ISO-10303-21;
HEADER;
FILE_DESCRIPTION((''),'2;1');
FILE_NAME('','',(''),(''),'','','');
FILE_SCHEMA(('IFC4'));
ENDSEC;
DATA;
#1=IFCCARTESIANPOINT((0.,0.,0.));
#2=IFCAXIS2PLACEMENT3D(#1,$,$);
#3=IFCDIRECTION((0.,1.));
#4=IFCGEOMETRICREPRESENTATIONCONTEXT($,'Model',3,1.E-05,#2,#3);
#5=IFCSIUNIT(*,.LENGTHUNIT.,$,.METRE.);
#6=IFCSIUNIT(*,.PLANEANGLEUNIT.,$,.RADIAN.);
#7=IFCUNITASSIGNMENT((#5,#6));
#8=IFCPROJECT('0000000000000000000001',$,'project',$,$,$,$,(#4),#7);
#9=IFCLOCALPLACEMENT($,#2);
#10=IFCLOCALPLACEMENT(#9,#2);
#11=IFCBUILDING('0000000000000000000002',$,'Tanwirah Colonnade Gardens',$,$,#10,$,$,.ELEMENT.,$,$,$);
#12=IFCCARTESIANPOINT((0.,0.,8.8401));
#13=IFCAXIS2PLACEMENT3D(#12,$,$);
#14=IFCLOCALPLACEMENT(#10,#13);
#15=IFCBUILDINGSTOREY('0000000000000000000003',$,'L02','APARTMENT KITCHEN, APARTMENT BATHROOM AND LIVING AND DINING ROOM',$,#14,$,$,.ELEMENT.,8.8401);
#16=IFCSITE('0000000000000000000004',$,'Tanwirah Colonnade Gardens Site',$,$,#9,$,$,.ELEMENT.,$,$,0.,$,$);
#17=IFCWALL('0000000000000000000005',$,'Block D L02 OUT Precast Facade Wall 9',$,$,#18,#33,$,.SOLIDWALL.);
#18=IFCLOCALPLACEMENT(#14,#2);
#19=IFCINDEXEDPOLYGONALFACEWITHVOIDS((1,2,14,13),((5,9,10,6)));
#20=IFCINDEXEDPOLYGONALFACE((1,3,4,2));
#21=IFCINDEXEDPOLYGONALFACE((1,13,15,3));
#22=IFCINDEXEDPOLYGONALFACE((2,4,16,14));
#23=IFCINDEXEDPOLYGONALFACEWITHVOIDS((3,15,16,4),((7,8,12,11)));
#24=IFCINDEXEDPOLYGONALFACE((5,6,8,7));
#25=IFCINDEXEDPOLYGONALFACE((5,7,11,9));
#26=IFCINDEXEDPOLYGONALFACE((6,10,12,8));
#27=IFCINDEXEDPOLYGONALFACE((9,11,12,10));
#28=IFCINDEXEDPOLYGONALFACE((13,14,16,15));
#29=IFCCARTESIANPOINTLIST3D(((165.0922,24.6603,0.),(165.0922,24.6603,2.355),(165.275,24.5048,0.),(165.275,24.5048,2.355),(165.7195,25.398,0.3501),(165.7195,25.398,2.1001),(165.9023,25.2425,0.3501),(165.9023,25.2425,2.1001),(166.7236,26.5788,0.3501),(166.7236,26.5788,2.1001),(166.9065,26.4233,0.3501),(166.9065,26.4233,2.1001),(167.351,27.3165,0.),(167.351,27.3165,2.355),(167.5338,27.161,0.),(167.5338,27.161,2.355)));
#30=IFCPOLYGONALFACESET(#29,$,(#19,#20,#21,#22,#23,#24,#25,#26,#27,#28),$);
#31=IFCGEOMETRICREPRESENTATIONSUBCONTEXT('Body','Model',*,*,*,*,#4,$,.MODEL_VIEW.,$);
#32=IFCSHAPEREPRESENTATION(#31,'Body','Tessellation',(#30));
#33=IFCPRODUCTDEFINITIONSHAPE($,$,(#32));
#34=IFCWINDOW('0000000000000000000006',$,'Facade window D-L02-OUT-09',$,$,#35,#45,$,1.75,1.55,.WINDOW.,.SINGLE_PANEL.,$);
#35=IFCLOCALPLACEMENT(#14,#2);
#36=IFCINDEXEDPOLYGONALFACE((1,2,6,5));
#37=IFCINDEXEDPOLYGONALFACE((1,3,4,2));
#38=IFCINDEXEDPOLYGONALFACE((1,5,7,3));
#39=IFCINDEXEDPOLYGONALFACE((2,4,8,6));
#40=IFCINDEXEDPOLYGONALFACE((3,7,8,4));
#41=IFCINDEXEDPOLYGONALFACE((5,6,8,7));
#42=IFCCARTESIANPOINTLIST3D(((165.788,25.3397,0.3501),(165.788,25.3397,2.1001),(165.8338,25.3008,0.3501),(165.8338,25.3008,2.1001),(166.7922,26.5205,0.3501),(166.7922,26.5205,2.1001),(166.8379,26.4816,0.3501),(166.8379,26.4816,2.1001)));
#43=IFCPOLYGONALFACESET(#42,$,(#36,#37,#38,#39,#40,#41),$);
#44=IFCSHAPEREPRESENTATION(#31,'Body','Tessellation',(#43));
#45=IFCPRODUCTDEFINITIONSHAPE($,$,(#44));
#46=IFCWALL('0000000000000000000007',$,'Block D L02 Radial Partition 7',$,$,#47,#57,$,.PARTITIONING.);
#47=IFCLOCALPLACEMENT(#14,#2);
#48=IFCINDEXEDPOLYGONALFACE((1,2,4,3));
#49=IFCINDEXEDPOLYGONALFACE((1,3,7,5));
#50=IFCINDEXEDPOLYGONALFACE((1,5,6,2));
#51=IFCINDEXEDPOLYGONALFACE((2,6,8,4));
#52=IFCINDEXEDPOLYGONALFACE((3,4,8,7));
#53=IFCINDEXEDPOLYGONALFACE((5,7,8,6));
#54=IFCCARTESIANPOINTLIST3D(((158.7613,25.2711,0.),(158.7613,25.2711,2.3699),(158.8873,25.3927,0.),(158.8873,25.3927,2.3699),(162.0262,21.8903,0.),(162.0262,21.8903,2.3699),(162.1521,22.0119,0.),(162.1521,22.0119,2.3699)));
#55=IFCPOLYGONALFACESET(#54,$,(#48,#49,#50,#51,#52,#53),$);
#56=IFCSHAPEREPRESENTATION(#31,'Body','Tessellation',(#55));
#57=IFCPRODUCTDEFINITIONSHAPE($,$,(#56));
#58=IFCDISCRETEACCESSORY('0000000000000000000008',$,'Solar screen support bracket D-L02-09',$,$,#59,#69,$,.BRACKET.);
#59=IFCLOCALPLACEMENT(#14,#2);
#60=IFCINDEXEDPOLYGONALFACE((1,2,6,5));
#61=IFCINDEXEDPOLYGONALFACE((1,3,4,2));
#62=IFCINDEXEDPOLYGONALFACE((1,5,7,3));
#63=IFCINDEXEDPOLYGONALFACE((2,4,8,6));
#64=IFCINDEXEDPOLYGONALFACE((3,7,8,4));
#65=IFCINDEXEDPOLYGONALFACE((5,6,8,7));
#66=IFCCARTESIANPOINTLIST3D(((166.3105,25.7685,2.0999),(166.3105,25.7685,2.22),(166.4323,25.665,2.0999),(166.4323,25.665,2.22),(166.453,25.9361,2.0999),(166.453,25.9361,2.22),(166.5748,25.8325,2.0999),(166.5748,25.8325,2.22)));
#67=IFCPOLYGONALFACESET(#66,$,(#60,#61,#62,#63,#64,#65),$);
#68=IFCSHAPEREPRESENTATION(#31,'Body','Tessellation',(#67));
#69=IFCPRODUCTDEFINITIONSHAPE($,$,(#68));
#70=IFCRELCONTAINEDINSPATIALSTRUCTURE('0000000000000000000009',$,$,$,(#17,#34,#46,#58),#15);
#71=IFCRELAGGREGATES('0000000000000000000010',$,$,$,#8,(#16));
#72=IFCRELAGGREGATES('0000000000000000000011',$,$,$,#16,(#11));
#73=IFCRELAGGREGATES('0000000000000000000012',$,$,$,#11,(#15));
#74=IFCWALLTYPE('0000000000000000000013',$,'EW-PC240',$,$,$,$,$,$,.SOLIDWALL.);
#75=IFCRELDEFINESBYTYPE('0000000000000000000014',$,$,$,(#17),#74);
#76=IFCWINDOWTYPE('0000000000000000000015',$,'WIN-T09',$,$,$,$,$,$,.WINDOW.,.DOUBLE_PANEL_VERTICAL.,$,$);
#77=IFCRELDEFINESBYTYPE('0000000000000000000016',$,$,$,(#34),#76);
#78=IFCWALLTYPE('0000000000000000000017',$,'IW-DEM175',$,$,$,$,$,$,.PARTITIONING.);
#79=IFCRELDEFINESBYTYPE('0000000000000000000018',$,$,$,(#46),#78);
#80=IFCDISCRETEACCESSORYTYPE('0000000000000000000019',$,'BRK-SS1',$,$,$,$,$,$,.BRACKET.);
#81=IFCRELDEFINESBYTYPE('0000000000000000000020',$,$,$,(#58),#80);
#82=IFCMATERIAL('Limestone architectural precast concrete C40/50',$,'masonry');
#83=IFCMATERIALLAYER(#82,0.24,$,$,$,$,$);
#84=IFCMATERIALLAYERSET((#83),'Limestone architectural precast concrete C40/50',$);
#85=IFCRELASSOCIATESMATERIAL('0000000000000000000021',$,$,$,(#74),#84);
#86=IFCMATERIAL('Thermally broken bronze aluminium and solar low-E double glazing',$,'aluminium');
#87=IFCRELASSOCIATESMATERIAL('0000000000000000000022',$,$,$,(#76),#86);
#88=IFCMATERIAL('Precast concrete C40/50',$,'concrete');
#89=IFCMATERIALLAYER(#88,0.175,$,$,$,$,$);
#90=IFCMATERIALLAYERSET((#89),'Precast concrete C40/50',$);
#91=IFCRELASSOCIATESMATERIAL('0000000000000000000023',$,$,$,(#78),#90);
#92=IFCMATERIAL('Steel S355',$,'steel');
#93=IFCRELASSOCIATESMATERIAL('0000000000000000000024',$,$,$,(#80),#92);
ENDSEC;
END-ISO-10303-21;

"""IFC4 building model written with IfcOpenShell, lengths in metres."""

from ifc_helpers import new_model, si_unit, direction, frame, frame_2d, origin, origin_2d, place, context, subcontext, project, spatial, rectangle, extrude, material, layer, layer_set, type_object, element, fill, save


model = new_model("IFC4")

# Units and contexts
model_context = context("Model", 3, precision=1e-05, world=origin(), true_north=direction((0.0, 1.0)))
body_context = subcontext(model_context, "Body", "Model", "MODEL_VIEW")
ifc_project = project(units=[si_unit("LENGTHUNIT", "METRE"), si_unit("PLANEANGLEUNIT", "RADIAN")], contexts=[model_context])

# Site, building, storey
site_placement = place(None, origin())
site = spatial("IfcSite", under=ifc_project, at=site_placement, Name="Tanwirah Colonnade Gardens Site", CompositionType="ELEMENT", RefElevation=0.0)
building_placement = place(site_placement, origin())
building = spatial("IfcBuilding", under=site, at=building_placement, Name="Tanwirah Colonnade Gardens", CompositionType="ELEMENT")
storey_placement = place(building_placement, frame((0.0, 0.0, 8.8401)))
storey = spatial("IfcBuildingStorey", under=building, at=storey_placement, Name="L02", Description="APARTMENT KITCHEN, APARTMENT BATHROOM AND LIVING AND DINING ROOM", CompositionType="ELEMENT", Elevation=8.8401)

# Shared definitions
ifc_material_1 = material(Name="Precast concrete C40/50", Category="concrete")

# Wall, opening, window
ifc_material_2 = material(Name="Limestone architectural precast concrete C40/50", Category="masonry")
ifc_layer_1 = layer(ifc_material_2, 0.24)
ifc_layer_set_1 = layer_set([ifc_layer_1], Name="Limestone architectural precast concrete C40/50")
wall_type_1 = type_object("IfcWallType", Name="EW-PC240", PredefinedType="SOLIDWALL", material=ifc_layer_set_1)
ifc_material_3 = material(Name="Thermally broken bronze aluminium and solar low-E double glazing", Category="aluminium")
wall_1_placement = place(storey_placement, frame((165.1836, 24.5825, 0.0), z_axis=(0.0, 0.0, 1.0), x_axis=(0.647811, 0.761801, 0.0)))
wall_1 = element("IfcWall", 1, at=wall_1_placement, inside=storey, type_object=wall_type_1, Name="Block D L02 OUT Precast Facade Wall 9", PredefinedType="SOLIDWALL", context=body_context, shape_type="SweptSolid", body=[
    extrude(rectangle(XDim=3.4868, YDim=0.24, at=frame_2d((1.7434, 0.0))), origin(), (0.0, 0.0, 1.0), 2.355),
])
opening_1_placement = place(wall_1_placement, frame((0.9685, 0.0, 0.3501)))
opening_1 = element("IfcOpeningElement", 2, at=opening_1_placement, cuts=wall_1, PredefinedType="OPENING", context=body_context, shape_type="SweptSolid", body=[
    extrude(rectangle(XDim=1.55, YDim=1.75, at=frame_2d((0.7749, 0.875))), frame((0.0, 0.1299, 0.0), z_axis=(0.0, -1.0, 0.0), x_axis=(1.0, 0.0, 0.0)), (0.0, 0.0, 1.0), 0.26),
])
window_type_1 = type_object("IfcWindowType", Name="WIN-T09", PartitioningType="DOUBLE_PANEL_VERTICAL", PredefinedType="WINDOW", material=ifc_material_3)
window_1_placement = place(opening_1_placement, origin())
window_1 = element("IfcWindow", 3, at=window_1_placement, inside=storey, type_object=window_type_1, Name="Facade window D-L02-OUT-09", OverallHeight=1.75, OverallWidth=1.55, PartitioningType="SINGLE_PANEL", PredefinedType="WINDOW", context=body_context, shape_type="SweptSolid", body=[
    extrude(rectangle(XDim=1.55, YDim=1.75, at=frame_2d((0.7749, 0.875))), frame((0.0, 0.03, 0.0), z_axis=(0.0, -1.0, 0.0), x_axis=(1.0, 0.0, 0.0)), (0.0, 0.0, 1.0), 0.0601),
])
fill(opening_1, window_1)

# Wall
ifc_layer_2 = layer(ifc_material_1, 0.175)
ifc_layer_set_2 = layer_set([ifc_layer_2], Name="Precast concrete C40/50")
wall_type_2 = type_object("IfcWallType", Name="IW-DEM175", PredefinedType="PARTITIONING", material=ifc_layer_set_2)
wall_2_placement = place(storey_placement, frame((158.8242, 25.332, 0.0), z_axis=(0.0, 0.0, 1.0), x_axis=(0.694662, -0.719336, 0.0)))
element("IfcWall", 4, at=wall_2_placement, inside=storey, type_object=wall_type_2, Name="Block D L02 Radial Partition 7", PredefinedType="PARTITIONING", context=body_context, shape_type="SweptSolid", body=[
    extrude(rectangle(XDim=4.7, YDim=0.175, at=frame_2d((2.3501, 0.0))), origin(), (0.0, 0.0, 1.0), 2.3699),
])

# Discrete accessory
ifc_material_4 = material(Name="Steel S355", Category="steel")
discrete_accessory_type = type_object("IfcDiscreteAccessoryType", Name="BRK-SS1", PredefinedType="BRACKET", material=ifc_material_4)
discrete_accessory_placement = place(storey_placement, frame((166.4426, 25.8005, 2.0999), z_axis=(0.0, 0.0, 1.0), x_axis=(0.647787, 0.761821, 0.0)))
element("IfcDiscreteAccessory", 5, at=discrete_accessory_placement, inside=storey, type_object=discrete_accessory_type, Name="Solar screen support bracket D-L02-09", PredefinedType="BRACKET", context=body_context, shape_type="SweptSolid", body=[
    extrude(rectangle(XDim=0.22, YDim=0.1599, at=origin_2d()), origin(), (0.0, 0.0, 1.0), 0.1201),
])

save(model, "model.ifc")
